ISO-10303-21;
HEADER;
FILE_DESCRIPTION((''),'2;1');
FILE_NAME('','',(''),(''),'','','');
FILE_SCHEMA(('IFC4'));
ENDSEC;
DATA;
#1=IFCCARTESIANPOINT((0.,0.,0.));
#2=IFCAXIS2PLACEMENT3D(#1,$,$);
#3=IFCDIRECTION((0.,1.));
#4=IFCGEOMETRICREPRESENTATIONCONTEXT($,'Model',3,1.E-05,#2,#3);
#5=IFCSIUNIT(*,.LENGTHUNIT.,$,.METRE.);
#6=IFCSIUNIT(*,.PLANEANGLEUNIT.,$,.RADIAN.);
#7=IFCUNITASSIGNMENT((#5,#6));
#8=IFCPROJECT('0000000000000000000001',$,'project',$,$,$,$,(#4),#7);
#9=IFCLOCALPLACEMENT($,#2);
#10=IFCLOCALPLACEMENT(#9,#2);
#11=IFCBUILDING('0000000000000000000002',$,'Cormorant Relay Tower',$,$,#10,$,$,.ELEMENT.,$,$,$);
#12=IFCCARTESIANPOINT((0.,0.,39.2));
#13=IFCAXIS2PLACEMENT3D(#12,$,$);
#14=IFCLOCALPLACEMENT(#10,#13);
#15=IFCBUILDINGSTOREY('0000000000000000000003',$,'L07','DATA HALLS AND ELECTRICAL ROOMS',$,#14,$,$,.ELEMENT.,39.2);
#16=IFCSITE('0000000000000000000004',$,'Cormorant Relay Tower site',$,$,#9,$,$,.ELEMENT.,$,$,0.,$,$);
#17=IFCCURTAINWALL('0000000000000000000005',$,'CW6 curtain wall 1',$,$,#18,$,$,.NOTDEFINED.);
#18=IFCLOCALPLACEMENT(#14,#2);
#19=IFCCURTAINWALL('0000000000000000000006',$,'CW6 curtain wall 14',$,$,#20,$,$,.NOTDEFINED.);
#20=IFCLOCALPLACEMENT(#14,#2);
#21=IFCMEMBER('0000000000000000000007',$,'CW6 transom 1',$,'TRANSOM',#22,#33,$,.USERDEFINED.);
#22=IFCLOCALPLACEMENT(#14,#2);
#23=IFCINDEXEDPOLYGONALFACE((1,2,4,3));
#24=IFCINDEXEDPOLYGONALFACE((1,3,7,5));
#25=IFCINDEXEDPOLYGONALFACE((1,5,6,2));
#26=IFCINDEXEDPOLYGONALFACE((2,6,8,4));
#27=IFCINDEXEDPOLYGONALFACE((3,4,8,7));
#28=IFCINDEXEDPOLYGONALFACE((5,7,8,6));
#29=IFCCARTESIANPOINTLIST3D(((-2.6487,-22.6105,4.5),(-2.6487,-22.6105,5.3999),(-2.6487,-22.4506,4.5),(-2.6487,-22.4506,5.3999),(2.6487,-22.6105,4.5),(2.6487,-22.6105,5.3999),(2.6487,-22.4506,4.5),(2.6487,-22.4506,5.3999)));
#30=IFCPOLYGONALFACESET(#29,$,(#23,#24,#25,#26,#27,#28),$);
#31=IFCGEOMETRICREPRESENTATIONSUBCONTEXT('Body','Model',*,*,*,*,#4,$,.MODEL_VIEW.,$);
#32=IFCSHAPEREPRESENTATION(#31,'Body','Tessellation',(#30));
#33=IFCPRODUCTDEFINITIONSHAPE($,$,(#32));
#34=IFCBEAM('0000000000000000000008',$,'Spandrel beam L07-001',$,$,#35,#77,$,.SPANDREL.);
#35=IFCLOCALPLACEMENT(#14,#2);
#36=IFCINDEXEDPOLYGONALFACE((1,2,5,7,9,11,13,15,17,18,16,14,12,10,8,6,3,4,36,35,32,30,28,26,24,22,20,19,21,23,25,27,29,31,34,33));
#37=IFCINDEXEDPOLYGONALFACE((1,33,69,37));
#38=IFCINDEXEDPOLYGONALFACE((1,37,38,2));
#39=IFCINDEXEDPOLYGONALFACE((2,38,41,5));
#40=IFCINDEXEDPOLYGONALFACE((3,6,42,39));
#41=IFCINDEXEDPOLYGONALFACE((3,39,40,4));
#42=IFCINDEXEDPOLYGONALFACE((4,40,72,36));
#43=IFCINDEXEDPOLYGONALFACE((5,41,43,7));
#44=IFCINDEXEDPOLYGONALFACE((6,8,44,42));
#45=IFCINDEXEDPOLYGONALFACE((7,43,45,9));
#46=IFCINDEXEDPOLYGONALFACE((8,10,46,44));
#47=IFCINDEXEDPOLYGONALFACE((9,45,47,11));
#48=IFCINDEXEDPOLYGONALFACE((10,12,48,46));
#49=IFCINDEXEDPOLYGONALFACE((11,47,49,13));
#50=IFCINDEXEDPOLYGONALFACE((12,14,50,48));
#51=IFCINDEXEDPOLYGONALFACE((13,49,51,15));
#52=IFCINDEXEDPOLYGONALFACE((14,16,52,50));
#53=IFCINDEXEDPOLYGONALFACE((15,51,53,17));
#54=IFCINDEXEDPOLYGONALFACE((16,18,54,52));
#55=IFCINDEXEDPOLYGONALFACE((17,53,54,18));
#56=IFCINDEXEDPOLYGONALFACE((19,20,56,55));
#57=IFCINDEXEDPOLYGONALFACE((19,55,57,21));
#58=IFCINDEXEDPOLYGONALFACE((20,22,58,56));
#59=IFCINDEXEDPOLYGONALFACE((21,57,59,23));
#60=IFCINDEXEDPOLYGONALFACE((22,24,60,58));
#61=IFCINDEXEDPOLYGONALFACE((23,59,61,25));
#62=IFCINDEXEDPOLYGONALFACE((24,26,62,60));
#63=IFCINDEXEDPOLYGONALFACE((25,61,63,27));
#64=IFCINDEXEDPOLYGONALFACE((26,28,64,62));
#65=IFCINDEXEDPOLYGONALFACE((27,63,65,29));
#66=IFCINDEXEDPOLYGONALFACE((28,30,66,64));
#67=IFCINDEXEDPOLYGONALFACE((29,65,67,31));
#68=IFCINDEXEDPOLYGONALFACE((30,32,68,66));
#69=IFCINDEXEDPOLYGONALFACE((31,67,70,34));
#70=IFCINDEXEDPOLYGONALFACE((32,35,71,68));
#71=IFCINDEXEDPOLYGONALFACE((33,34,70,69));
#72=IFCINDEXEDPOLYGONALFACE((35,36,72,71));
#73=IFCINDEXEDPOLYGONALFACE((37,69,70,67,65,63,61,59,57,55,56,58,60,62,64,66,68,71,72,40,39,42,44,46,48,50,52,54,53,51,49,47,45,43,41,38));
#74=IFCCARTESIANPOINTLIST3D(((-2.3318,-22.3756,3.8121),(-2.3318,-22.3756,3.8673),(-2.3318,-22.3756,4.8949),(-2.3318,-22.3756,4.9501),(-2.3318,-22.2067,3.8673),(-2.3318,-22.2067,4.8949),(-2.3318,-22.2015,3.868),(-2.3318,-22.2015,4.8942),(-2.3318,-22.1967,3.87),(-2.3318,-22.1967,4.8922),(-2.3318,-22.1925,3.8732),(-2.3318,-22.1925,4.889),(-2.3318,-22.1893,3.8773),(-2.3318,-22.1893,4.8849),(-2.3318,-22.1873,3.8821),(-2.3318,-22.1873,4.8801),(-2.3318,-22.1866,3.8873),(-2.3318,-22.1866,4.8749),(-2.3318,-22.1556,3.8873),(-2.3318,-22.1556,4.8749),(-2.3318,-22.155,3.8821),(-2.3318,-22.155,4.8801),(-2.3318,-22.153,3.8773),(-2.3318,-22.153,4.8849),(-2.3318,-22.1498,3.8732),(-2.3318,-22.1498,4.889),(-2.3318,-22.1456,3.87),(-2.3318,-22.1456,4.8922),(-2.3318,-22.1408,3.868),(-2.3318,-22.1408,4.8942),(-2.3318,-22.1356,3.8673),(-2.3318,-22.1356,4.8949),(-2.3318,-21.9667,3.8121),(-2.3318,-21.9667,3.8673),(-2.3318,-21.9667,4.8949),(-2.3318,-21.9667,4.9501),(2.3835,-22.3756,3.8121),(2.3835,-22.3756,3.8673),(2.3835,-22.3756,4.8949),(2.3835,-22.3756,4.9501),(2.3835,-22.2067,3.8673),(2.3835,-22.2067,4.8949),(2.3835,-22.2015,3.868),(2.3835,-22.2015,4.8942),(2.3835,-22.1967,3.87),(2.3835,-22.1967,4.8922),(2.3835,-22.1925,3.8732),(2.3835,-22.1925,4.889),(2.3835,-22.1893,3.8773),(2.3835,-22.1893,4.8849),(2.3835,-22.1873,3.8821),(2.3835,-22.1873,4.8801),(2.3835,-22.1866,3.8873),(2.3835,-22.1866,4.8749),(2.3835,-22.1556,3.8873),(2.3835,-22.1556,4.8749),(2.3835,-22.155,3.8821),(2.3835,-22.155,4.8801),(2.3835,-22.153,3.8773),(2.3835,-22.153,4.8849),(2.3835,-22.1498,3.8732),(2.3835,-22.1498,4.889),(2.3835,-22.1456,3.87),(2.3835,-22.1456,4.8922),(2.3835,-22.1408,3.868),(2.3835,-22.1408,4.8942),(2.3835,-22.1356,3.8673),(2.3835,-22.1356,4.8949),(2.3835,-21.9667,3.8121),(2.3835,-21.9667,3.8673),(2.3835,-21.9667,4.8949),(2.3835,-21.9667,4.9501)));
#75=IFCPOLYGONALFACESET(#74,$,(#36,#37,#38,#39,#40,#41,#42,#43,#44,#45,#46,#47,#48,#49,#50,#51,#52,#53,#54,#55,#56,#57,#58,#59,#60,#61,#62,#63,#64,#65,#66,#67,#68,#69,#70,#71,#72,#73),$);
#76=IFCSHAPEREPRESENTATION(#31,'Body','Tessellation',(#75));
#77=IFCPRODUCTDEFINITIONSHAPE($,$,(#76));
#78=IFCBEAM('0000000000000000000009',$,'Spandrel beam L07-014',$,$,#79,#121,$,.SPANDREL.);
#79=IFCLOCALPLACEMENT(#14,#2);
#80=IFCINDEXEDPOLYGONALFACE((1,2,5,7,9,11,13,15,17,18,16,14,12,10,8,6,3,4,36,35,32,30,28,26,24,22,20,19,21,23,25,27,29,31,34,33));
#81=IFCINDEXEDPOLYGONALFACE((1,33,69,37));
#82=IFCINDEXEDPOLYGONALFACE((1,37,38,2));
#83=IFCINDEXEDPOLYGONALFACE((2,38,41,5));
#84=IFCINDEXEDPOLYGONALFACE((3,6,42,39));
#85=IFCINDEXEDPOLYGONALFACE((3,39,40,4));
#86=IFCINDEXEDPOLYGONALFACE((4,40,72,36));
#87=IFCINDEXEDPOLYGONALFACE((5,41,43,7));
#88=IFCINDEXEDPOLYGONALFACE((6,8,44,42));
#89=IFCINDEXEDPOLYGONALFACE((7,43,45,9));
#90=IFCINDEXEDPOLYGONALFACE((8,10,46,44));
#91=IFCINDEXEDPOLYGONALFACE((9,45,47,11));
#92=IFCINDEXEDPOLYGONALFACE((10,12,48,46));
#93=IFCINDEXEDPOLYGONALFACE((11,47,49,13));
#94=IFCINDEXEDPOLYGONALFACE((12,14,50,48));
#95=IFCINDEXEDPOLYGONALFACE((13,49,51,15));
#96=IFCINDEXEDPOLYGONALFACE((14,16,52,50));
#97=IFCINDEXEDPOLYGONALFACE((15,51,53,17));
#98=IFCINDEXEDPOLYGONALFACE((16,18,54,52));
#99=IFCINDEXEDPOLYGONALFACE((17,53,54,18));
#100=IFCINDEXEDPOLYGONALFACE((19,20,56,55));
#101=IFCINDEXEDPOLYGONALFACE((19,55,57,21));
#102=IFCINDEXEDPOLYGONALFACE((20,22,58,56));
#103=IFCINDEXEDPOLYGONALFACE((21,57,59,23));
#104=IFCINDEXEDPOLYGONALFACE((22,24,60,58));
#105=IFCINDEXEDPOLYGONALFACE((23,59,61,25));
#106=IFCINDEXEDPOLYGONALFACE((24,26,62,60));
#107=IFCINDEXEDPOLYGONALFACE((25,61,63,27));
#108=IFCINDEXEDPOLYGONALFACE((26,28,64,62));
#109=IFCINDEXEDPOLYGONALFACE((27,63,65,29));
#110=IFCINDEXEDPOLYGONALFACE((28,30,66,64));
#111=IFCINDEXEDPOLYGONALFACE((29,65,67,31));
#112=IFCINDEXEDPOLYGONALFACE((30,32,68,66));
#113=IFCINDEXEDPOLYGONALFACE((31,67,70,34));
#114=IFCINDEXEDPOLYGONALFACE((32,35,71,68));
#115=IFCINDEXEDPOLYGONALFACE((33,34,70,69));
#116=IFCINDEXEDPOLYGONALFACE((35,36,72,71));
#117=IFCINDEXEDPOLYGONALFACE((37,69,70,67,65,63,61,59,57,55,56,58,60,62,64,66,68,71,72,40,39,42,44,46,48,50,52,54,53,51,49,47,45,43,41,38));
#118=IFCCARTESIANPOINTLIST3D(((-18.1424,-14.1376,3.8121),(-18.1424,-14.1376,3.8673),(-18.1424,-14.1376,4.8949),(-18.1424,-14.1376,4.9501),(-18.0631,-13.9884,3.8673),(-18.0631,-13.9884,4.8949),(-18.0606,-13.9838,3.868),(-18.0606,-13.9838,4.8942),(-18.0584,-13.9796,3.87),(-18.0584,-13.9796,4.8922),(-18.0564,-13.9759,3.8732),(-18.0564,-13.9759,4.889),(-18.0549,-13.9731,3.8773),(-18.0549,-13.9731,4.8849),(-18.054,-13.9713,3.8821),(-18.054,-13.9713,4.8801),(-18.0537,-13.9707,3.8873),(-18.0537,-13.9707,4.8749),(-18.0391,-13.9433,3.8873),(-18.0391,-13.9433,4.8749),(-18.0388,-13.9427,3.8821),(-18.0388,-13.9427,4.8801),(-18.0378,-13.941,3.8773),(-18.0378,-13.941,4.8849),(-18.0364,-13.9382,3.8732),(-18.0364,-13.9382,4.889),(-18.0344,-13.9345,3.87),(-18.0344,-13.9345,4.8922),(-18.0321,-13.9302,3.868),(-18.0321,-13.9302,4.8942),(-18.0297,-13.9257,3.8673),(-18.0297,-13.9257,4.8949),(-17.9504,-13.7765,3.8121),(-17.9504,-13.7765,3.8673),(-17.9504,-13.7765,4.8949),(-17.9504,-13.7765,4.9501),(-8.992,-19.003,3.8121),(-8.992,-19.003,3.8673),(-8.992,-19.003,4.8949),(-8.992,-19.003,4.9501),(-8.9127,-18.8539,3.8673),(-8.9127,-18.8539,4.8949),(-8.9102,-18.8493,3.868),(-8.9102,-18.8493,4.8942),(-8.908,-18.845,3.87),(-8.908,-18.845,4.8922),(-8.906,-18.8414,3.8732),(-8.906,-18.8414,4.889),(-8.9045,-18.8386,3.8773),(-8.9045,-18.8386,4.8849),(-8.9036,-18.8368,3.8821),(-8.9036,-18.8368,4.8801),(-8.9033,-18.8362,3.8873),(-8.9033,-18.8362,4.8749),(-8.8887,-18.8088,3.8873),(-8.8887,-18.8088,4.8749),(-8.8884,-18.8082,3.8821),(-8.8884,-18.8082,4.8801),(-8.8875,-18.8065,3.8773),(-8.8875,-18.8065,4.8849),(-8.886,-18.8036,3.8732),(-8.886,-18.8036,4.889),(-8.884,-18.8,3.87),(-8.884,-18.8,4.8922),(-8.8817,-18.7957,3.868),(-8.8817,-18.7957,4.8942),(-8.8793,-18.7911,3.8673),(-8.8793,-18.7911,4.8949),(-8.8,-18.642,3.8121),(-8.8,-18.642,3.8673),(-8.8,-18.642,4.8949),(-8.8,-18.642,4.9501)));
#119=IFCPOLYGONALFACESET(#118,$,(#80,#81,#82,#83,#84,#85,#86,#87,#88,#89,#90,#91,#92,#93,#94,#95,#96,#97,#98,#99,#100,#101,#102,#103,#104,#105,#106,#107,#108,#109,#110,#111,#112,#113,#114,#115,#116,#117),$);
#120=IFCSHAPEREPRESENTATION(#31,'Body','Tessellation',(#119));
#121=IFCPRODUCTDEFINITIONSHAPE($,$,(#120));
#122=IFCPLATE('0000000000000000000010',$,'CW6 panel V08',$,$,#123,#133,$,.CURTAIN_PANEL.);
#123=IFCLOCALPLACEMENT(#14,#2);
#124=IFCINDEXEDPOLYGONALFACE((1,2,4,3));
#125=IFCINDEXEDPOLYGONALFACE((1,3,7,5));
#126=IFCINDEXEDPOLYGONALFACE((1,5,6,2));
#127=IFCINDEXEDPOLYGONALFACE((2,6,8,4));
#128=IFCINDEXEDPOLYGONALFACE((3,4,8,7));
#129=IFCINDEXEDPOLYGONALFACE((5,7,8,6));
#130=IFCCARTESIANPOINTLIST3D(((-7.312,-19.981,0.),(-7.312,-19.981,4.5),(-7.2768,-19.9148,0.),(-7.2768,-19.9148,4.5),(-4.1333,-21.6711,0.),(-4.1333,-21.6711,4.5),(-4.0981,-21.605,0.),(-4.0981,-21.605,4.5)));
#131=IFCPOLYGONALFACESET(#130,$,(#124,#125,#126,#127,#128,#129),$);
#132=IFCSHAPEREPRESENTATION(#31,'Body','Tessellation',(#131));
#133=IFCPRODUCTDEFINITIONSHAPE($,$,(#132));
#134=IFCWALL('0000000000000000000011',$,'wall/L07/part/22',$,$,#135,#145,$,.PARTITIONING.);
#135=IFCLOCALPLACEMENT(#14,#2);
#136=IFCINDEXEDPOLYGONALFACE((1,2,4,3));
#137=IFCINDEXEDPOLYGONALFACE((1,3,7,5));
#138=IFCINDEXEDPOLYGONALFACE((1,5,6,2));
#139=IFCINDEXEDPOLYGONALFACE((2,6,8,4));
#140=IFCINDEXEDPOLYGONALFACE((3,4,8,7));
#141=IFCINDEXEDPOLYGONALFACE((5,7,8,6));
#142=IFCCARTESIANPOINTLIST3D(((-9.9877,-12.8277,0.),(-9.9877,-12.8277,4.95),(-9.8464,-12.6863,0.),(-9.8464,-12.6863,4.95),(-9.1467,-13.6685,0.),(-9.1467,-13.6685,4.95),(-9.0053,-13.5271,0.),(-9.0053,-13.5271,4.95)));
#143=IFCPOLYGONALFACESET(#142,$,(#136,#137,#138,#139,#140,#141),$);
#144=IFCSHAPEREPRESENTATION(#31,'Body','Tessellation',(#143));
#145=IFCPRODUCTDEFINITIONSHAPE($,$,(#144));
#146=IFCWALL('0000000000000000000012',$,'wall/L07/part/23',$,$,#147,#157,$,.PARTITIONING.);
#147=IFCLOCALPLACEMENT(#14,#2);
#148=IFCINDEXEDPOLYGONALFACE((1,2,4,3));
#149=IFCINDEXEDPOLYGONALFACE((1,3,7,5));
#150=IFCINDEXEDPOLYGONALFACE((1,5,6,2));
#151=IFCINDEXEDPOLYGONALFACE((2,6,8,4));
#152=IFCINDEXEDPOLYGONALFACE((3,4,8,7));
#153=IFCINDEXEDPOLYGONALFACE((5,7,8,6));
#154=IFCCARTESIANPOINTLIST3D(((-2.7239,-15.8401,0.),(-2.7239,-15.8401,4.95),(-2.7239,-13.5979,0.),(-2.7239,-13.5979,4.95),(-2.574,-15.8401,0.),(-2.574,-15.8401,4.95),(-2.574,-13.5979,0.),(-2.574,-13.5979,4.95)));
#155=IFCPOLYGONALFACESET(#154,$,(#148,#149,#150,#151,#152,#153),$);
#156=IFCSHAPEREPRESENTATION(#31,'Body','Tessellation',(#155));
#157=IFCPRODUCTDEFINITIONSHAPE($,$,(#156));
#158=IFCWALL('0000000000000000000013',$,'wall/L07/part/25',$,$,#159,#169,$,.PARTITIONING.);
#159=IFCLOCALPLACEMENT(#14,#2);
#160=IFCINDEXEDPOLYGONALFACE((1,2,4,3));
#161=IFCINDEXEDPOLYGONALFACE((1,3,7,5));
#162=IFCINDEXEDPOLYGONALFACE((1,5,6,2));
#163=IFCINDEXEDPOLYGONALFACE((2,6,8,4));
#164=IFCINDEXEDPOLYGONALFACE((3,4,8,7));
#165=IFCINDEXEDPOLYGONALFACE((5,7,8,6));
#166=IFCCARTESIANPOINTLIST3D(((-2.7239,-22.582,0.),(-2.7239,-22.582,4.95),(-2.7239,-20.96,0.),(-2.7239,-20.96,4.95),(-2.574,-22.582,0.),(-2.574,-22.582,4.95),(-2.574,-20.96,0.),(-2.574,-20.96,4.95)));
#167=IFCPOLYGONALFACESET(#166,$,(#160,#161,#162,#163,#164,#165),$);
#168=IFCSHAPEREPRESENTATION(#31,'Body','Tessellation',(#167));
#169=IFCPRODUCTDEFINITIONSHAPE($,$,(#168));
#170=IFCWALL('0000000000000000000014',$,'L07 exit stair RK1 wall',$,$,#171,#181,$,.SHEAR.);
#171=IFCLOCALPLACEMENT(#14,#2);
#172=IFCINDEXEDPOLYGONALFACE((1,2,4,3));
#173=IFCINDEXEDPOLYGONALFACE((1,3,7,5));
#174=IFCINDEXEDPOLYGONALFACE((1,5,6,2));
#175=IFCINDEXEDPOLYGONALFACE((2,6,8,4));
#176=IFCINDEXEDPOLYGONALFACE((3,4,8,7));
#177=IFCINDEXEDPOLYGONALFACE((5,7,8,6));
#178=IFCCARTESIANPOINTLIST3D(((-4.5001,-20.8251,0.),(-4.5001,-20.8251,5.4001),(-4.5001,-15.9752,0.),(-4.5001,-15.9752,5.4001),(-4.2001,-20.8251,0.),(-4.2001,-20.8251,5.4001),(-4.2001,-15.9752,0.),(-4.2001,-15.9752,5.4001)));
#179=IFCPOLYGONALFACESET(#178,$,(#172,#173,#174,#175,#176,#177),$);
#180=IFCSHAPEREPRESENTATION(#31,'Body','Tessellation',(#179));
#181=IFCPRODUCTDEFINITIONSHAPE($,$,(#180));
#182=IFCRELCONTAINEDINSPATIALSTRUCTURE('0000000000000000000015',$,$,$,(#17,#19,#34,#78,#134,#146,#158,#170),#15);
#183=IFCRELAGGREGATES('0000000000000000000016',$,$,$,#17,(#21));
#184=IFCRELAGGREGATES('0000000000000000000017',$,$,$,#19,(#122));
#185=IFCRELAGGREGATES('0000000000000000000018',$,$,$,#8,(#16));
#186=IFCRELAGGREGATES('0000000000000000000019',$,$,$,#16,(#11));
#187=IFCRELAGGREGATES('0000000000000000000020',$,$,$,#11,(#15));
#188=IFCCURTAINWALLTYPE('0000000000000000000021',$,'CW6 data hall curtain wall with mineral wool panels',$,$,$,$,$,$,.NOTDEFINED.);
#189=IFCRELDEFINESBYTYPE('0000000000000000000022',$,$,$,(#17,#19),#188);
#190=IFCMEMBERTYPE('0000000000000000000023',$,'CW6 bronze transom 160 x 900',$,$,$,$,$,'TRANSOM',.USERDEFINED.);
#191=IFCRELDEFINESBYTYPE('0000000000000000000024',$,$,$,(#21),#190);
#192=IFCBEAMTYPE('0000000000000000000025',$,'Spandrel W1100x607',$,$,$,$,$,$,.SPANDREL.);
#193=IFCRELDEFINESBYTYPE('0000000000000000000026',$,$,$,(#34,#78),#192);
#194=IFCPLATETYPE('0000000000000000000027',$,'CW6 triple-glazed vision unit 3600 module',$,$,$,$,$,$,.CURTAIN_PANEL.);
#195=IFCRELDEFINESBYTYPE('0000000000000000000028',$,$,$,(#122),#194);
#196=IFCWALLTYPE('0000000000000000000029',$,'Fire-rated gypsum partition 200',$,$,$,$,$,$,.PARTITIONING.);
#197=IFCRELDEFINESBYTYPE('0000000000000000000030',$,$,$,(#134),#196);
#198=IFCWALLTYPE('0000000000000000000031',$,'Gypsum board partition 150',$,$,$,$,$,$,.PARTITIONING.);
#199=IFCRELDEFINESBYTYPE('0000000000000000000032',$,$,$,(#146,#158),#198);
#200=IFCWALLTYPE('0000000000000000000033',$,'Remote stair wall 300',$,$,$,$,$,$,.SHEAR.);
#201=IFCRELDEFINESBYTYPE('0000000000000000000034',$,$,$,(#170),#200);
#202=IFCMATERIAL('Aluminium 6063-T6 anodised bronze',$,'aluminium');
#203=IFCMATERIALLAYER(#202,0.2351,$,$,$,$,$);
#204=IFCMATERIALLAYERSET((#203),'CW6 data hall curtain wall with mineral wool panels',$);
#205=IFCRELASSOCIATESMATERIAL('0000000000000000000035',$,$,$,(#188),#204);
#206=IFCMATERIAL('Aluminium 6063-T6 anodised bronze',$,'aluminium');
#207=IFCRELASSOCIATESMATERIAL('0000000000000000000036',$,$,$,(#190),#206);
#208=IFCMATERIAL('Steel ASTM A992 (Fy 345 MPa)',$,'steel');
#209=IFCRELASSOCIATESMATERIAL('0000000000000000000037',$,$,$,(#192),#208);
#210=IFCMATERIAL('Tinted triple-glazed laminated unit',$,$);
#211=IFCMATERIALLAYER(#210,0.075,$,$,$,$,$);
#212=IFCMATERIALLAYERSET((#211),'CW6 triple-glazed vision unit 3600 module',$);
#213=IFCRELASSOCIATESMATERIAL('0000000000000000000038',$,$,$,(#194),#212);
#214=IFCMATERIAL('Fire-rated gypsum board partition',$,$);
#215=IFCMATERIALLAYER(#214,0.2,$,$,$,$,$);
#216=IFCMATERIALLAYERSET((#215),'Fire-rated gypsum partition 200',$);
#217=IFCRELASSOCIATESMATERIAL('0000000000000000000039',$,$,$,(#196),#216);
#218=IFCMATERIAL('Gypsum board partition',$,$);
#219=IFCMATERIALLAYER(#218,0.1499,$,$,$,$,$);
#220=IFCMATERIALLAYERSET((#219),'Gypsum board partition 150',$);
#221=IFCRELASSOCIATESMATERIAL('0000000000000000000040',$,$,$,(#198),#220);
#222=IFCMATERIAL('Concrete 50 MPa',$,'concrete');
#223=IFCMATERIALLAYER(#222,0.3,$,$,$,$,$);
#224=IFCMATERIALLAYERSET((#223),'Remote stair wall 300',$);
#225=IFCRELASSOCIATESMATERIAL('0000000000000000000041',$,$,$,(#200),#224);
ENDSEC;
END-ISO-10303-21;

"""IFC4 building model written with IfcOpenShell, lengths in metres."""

from ifc_helpers import new_model, si_unit, direction, frame, frame_2d, origin, origin_2d, place, context, subcontext, project, spatial, rectangle, i_section, extrude, material, layer, layer_set, material_profile, profile_set, type_object, element, aggregate, save


model = new_model("IFC4")

# Units and contexts
model_context = context("Model", 3, precision=1e-05, world=origin(), true_north=direction((0.0, 1.0)))
body_context = subcontext(model_context, "Body", "Model", "MODEL_VIEW")
ifc_project = project(units=[si_unit("LENGTHUNIT", "METRE"), si_unit("PLANEANGLEUNIT", "RADIAN")], contexts=[model_context])

# Site, building, storey
site_placement = place(None, origin())
site = spatial("IfcSite", under=ifc_project, at=site_placement, Name="Cormorant Relay Tower site", CompositionType="ELEMENT", RefElevation=0.0)
building_placement = place(site_placement, origin())
building = spatial("IfcBuilding", under=site, at=building_placement, Name="Cormorant Relay Tower", CompositionType="ELEMENT")
storey_placement = place(building_placement, frame((0.0, 0.0, 39.2)))
storey = spatial("IfcBuildingStorey", under=building, at=storey_placement, Name="L07", Description="DATA HALLS AND ELECTRICAL ROOMS", CompositionType="ELEMENT", Elevation=39.2)

# Curtain wall
ifc_material_1 = material(Name="Aluminium 6063-T6 anodised bronze", Category="aluminium")
ifc_layer_1 = layer(ifc_material_1, 0.2351)
ifc_layer_set_1 = layer_set([ifc_layer_1], Name="CW6 data hall curtain wall with mineral wool panels")
curtain_wall_type = type_object("IfcCurtainWallType", Name="CW6 data hall curtain wall with mineral wool panels", PredefinedType="NOTDEFINED", material=ifc_layer_set_1)
curtain_wall_1_placement = place(storey_placement, origin())
curtain_wall_1 = element("IfcCurtainWall", 1, at=curtain_wall_1_placement, inside=storey, type_object=curtain_wall_type, Name="CW6 curtain wall 1", PredefinedType="NOTDEFINED")

# Curtain wall
curtain_wall_2_placement = place(storey_placement, origin())
curtain_wall_2 = element("IfcCurtainWall", 2, at=curtain_wall_2_placement, inside=storey, type_object=curtain_wall_type, Name="CW6 curtain wall 14", PredefinedType="NOTDEFINED")

# Member
ifc_material_2 = material(Name="Aluminium 6063-T6 anodised bronze", Category="aluminium")
ifc_material_profile_1 = material_profile(ifc_material_2, rectangle(XDim=0.1599, YDim=0.8999, at=origin_2d()), Name="AL 160x900")
ifc_profile_set_1 = profile_set([ifc_material_profile_1], Name="Aluminium 6063-T6 anodised bronze")
member_type_1 = type_object("IfcMemberType", Name="CW6 bronze transom 160 x 900", ElementType="TRANSOM", PredefinedType="USERDEFINED", material=ifc_profile_set_1)
member_1_placement = place(storey_placement, frame((-2.6487, -22.5305, 4.95), z_axis=(1.0, 0.0, 0.0), x_axis=(0.0, 1.0, 0.0)))
member_1 = element("IfcMember", 3, at=member_1_placement, type_object=member_type_1, Name="CW6 transom 1", ObjectType="TRANSOM", PredefinedType="USERDEFINED", context=body_context, shape_type="SweptSolid", body=[
    extrude(rectangle(XDim=0.1599, YDim=0.8999, at=origin_2d()), origin(), (0.0, 0.0, 1.0), 5.2974),
])

# Beams
ifc_material_3 = material(Name="Steel ASTM A992 (Fy 345 MPa)", Category="steel")
ifc_material_profile_2 = material_profile(ifc_material_3, i_section(OverallWidth=0.4089, OverallDepth=1.1379, WebThickness=0.031, FlangeThickness=0.0552, FilletRadius=0.02, at=origin_2d()), Name="W1100x607")
ifc_profile_set_2 = profile_set([ifc_material_profile_2], Name="Steel ASTM A992 (Fy 345 MPa)")
beam_type = type_object("IfcBeamType", Name="Spandrel W1100x607", PredefinedType="SPANDREL", material=ifc_profile_set_2)
beam_1_placement = place(storey_placement, frame((-2.3318, -22.1711, 4.3811), z_axis=(1.0, 0.0, 0.0), x_axis=(0.0, 1.0, 0.0)))
element("IfcBeam", 4, at=beam_1_placement, inside=storey, type_object=beam_type, Name="Spandrel beam L07-001", PredefinedType="SPANDREL", context=body_context, shape_type="SweptSolid", body=[
    extrude(i_section(OverallWidth=0.4089, OverallDepth=1.1379, WebThickness=0.031, FlangeThickness=0.0552, FilletRadius=0.02, at=origin_2d()), origin(), (0.0, 0.0, 1.0), 4.7153),
])
beam_2_placement = place(storey_placement, frame((-18.0464, -13.957, 4.3811), z_axis=(0.882942, -0.469481, 0.0), x_axis=(0.469481, 0.882942, 0.0)))
element("IfcBeam", 5, at=beam_2_placement, inside=storey, type_object=beam_type, Name="Spandrel beam L07-014", PredefinedType="SPANDREL", context=body_context, shape_type="SweptSolid", body=[
    extrude(i_section(OverallWidth=0.4089, OverallDepth=1.1379, WebThickness=0.031, FlangeThickness=0.0552, FilletRadius=0.02, at=origin_2d()), origin(), (0.0, 0.0, 1.0), 10.3635),
])

# Plate
ifc_material_4 = material(Name="Tinted triple-glazed laminated unit")
ifc_layer_2 = layer(ifc_material_4, 0.075)
ifc_layer_set_2 = layer_set([ifc_layer_2], Name="CW6 triple-glazed vision unit 3600 module")
plate_type = type_object("IfcPlateType", Name="CW6 triple-glazed vision unit 3600 module", PredefinedType="CURTAIN_PANEL", material=ifc_layer_set_2)
plate_placement = place(storey_placement, frame((-5.7051, -20.793, 0.0), z_axis=(0.0, 0.0, 1.0), x_axis=(0.882948, -0.469472, 0.0)))
plate = element("IfcPlate", 6, at=plate_placement, type_object=plate_type, Name="CW6 panel V08", PredefinedType="CURTAIN_PANEL", context=body_context, shape_type="SweptSolid", body=[
    extrude(rectangle(XDim=3.6001, YDim=0.075, at=origin_2d()), origin(), (0.0, 0.0, 1.0), 4.5),
])

# Walls
ifc_material_5 = material(Name="Fire-rated gypsum board partition")
ifc_layer_3 = layer(ifc_material_5, 0.2)
ifc_layer_set_3 = layer_set([ifc_layer_3], Name="Fire-rated gypsum partition 200")
wall_type_1 = type_object("IfcWallType", Name="Fire-rated gypsum partition 200", PredefinedType="PARTITIONING", material=ifc_layer_set_3)
wall_1_placement = place(storey_placement, frame((-9.0759, -13.5979, 0.0), z_axis=(0.0, 0.0, 1.0), x_axis=(-0.707209, 0.707004, 0.0)))
element("IfcWall", 7, at=wall_1_placement, inside=storey, type_object=wall_type_1, Name="wall/L07/part/22", PredefinedType="PARTITIONING", context=body_context, shape_type="SweptSolid", body=[
    extrude(rectangle(XDim=1.1892, YDim=0.2, at=frame_2d((0.5947, 0.0))), origin(), (0.0, 0.0, 1.0), 4.95),
])
ifc_material_6 = material(Name="Gypsum board partition")
ifc_layer_4 = layer(ifc_material_6, 0.1499)
ifc_layer_set_4 = layer_set([ifc_layer_4], Name="Gypsum board partition 150")
wall_type_2 = type_object("IfcWallType", Name="Gypsum board partition 150", PredefinedType="PARTITIONING", material=ifc_layer_set_4)
wall_2_placement = place(storey_placement, frame((-2.6489, -15.8401, 0.0), z_axis=(0.0, 0.0, 1.0), x_axis=(0.0, 1.0, 0.0)))
element("IfcWall", 8, at=wall_2_placement, inside=storey, type_object=wall_type_2, Name="wall/L07/part/23", PredefinedType="PARTITIONING", context=body_context, shape_type="SweptSolid", body=[
    extrude(rectangle(XDim=2.2422, YDim=0.1499, at=frame_2d((1.1211, 0.0))), origin(), (0.0, 0.0, 1.0), 4.95),
])
wall_3_placement = place(storey_placement, frame((-2.6489, -20.96, 0.0), z_axis=(0.0, 0.0, 1.0), x_axis=(0.0, -1.0, 0.0)))
element("IfcWall", 9, at=wall_3_placement, inside=storey, type_object=wall_type_2, Name="wall/L07/part/25", PredefinedType="PARTITIONING", context=body_context, shape_type="SweptSolid", body=[
    extrude(rectangle(XDim=1.6221, YDim=0.1499, at=frame_2d((0.811, 0.0))), origin(), (0.0, 0.0, 1.0), 4.95),
])
ifc_material_7 = material(Name="Concrete 50 MPa", Category="concrete")
ifc_layer_5 = layer(ifc_material_7, 0.3)
ifc_layer_set_5 = layer_set([ifc_layer_5], Name="Remote stair wall 300")
wall_type_3 = type_object("IfcWallType", Name="Remote stair wall 300", PredefinedType="SHEAR", material=ifc_layer_set_5)
wall_4_placement = place(storey_placement, frame((-4.3501, -20.825, 0.0), z_axis=(0.0, 0.0, 1.0), x_axis=(0.0, 1.0, 0.0)))
element("IfcWall", 10, at=wall_4_placement, inside=storey, type_object=wall_type_3, Name="L07 exit stair RK1 wall", PredefinedType="SHEAR", context=body_context, shape_type="SweptSolid", body=[
    extrude(rectangle(XDim=4.8499, YDim=0.3, at=frame_2d((2.4248, 0.0))), origin(), (0.0, 0.0, 1.0), 5.4001),
])

aggregate(curtain_wall_1, [member_1])
aggregate(curtain_wall_2, [plate])

save(model, "model.ifc")
